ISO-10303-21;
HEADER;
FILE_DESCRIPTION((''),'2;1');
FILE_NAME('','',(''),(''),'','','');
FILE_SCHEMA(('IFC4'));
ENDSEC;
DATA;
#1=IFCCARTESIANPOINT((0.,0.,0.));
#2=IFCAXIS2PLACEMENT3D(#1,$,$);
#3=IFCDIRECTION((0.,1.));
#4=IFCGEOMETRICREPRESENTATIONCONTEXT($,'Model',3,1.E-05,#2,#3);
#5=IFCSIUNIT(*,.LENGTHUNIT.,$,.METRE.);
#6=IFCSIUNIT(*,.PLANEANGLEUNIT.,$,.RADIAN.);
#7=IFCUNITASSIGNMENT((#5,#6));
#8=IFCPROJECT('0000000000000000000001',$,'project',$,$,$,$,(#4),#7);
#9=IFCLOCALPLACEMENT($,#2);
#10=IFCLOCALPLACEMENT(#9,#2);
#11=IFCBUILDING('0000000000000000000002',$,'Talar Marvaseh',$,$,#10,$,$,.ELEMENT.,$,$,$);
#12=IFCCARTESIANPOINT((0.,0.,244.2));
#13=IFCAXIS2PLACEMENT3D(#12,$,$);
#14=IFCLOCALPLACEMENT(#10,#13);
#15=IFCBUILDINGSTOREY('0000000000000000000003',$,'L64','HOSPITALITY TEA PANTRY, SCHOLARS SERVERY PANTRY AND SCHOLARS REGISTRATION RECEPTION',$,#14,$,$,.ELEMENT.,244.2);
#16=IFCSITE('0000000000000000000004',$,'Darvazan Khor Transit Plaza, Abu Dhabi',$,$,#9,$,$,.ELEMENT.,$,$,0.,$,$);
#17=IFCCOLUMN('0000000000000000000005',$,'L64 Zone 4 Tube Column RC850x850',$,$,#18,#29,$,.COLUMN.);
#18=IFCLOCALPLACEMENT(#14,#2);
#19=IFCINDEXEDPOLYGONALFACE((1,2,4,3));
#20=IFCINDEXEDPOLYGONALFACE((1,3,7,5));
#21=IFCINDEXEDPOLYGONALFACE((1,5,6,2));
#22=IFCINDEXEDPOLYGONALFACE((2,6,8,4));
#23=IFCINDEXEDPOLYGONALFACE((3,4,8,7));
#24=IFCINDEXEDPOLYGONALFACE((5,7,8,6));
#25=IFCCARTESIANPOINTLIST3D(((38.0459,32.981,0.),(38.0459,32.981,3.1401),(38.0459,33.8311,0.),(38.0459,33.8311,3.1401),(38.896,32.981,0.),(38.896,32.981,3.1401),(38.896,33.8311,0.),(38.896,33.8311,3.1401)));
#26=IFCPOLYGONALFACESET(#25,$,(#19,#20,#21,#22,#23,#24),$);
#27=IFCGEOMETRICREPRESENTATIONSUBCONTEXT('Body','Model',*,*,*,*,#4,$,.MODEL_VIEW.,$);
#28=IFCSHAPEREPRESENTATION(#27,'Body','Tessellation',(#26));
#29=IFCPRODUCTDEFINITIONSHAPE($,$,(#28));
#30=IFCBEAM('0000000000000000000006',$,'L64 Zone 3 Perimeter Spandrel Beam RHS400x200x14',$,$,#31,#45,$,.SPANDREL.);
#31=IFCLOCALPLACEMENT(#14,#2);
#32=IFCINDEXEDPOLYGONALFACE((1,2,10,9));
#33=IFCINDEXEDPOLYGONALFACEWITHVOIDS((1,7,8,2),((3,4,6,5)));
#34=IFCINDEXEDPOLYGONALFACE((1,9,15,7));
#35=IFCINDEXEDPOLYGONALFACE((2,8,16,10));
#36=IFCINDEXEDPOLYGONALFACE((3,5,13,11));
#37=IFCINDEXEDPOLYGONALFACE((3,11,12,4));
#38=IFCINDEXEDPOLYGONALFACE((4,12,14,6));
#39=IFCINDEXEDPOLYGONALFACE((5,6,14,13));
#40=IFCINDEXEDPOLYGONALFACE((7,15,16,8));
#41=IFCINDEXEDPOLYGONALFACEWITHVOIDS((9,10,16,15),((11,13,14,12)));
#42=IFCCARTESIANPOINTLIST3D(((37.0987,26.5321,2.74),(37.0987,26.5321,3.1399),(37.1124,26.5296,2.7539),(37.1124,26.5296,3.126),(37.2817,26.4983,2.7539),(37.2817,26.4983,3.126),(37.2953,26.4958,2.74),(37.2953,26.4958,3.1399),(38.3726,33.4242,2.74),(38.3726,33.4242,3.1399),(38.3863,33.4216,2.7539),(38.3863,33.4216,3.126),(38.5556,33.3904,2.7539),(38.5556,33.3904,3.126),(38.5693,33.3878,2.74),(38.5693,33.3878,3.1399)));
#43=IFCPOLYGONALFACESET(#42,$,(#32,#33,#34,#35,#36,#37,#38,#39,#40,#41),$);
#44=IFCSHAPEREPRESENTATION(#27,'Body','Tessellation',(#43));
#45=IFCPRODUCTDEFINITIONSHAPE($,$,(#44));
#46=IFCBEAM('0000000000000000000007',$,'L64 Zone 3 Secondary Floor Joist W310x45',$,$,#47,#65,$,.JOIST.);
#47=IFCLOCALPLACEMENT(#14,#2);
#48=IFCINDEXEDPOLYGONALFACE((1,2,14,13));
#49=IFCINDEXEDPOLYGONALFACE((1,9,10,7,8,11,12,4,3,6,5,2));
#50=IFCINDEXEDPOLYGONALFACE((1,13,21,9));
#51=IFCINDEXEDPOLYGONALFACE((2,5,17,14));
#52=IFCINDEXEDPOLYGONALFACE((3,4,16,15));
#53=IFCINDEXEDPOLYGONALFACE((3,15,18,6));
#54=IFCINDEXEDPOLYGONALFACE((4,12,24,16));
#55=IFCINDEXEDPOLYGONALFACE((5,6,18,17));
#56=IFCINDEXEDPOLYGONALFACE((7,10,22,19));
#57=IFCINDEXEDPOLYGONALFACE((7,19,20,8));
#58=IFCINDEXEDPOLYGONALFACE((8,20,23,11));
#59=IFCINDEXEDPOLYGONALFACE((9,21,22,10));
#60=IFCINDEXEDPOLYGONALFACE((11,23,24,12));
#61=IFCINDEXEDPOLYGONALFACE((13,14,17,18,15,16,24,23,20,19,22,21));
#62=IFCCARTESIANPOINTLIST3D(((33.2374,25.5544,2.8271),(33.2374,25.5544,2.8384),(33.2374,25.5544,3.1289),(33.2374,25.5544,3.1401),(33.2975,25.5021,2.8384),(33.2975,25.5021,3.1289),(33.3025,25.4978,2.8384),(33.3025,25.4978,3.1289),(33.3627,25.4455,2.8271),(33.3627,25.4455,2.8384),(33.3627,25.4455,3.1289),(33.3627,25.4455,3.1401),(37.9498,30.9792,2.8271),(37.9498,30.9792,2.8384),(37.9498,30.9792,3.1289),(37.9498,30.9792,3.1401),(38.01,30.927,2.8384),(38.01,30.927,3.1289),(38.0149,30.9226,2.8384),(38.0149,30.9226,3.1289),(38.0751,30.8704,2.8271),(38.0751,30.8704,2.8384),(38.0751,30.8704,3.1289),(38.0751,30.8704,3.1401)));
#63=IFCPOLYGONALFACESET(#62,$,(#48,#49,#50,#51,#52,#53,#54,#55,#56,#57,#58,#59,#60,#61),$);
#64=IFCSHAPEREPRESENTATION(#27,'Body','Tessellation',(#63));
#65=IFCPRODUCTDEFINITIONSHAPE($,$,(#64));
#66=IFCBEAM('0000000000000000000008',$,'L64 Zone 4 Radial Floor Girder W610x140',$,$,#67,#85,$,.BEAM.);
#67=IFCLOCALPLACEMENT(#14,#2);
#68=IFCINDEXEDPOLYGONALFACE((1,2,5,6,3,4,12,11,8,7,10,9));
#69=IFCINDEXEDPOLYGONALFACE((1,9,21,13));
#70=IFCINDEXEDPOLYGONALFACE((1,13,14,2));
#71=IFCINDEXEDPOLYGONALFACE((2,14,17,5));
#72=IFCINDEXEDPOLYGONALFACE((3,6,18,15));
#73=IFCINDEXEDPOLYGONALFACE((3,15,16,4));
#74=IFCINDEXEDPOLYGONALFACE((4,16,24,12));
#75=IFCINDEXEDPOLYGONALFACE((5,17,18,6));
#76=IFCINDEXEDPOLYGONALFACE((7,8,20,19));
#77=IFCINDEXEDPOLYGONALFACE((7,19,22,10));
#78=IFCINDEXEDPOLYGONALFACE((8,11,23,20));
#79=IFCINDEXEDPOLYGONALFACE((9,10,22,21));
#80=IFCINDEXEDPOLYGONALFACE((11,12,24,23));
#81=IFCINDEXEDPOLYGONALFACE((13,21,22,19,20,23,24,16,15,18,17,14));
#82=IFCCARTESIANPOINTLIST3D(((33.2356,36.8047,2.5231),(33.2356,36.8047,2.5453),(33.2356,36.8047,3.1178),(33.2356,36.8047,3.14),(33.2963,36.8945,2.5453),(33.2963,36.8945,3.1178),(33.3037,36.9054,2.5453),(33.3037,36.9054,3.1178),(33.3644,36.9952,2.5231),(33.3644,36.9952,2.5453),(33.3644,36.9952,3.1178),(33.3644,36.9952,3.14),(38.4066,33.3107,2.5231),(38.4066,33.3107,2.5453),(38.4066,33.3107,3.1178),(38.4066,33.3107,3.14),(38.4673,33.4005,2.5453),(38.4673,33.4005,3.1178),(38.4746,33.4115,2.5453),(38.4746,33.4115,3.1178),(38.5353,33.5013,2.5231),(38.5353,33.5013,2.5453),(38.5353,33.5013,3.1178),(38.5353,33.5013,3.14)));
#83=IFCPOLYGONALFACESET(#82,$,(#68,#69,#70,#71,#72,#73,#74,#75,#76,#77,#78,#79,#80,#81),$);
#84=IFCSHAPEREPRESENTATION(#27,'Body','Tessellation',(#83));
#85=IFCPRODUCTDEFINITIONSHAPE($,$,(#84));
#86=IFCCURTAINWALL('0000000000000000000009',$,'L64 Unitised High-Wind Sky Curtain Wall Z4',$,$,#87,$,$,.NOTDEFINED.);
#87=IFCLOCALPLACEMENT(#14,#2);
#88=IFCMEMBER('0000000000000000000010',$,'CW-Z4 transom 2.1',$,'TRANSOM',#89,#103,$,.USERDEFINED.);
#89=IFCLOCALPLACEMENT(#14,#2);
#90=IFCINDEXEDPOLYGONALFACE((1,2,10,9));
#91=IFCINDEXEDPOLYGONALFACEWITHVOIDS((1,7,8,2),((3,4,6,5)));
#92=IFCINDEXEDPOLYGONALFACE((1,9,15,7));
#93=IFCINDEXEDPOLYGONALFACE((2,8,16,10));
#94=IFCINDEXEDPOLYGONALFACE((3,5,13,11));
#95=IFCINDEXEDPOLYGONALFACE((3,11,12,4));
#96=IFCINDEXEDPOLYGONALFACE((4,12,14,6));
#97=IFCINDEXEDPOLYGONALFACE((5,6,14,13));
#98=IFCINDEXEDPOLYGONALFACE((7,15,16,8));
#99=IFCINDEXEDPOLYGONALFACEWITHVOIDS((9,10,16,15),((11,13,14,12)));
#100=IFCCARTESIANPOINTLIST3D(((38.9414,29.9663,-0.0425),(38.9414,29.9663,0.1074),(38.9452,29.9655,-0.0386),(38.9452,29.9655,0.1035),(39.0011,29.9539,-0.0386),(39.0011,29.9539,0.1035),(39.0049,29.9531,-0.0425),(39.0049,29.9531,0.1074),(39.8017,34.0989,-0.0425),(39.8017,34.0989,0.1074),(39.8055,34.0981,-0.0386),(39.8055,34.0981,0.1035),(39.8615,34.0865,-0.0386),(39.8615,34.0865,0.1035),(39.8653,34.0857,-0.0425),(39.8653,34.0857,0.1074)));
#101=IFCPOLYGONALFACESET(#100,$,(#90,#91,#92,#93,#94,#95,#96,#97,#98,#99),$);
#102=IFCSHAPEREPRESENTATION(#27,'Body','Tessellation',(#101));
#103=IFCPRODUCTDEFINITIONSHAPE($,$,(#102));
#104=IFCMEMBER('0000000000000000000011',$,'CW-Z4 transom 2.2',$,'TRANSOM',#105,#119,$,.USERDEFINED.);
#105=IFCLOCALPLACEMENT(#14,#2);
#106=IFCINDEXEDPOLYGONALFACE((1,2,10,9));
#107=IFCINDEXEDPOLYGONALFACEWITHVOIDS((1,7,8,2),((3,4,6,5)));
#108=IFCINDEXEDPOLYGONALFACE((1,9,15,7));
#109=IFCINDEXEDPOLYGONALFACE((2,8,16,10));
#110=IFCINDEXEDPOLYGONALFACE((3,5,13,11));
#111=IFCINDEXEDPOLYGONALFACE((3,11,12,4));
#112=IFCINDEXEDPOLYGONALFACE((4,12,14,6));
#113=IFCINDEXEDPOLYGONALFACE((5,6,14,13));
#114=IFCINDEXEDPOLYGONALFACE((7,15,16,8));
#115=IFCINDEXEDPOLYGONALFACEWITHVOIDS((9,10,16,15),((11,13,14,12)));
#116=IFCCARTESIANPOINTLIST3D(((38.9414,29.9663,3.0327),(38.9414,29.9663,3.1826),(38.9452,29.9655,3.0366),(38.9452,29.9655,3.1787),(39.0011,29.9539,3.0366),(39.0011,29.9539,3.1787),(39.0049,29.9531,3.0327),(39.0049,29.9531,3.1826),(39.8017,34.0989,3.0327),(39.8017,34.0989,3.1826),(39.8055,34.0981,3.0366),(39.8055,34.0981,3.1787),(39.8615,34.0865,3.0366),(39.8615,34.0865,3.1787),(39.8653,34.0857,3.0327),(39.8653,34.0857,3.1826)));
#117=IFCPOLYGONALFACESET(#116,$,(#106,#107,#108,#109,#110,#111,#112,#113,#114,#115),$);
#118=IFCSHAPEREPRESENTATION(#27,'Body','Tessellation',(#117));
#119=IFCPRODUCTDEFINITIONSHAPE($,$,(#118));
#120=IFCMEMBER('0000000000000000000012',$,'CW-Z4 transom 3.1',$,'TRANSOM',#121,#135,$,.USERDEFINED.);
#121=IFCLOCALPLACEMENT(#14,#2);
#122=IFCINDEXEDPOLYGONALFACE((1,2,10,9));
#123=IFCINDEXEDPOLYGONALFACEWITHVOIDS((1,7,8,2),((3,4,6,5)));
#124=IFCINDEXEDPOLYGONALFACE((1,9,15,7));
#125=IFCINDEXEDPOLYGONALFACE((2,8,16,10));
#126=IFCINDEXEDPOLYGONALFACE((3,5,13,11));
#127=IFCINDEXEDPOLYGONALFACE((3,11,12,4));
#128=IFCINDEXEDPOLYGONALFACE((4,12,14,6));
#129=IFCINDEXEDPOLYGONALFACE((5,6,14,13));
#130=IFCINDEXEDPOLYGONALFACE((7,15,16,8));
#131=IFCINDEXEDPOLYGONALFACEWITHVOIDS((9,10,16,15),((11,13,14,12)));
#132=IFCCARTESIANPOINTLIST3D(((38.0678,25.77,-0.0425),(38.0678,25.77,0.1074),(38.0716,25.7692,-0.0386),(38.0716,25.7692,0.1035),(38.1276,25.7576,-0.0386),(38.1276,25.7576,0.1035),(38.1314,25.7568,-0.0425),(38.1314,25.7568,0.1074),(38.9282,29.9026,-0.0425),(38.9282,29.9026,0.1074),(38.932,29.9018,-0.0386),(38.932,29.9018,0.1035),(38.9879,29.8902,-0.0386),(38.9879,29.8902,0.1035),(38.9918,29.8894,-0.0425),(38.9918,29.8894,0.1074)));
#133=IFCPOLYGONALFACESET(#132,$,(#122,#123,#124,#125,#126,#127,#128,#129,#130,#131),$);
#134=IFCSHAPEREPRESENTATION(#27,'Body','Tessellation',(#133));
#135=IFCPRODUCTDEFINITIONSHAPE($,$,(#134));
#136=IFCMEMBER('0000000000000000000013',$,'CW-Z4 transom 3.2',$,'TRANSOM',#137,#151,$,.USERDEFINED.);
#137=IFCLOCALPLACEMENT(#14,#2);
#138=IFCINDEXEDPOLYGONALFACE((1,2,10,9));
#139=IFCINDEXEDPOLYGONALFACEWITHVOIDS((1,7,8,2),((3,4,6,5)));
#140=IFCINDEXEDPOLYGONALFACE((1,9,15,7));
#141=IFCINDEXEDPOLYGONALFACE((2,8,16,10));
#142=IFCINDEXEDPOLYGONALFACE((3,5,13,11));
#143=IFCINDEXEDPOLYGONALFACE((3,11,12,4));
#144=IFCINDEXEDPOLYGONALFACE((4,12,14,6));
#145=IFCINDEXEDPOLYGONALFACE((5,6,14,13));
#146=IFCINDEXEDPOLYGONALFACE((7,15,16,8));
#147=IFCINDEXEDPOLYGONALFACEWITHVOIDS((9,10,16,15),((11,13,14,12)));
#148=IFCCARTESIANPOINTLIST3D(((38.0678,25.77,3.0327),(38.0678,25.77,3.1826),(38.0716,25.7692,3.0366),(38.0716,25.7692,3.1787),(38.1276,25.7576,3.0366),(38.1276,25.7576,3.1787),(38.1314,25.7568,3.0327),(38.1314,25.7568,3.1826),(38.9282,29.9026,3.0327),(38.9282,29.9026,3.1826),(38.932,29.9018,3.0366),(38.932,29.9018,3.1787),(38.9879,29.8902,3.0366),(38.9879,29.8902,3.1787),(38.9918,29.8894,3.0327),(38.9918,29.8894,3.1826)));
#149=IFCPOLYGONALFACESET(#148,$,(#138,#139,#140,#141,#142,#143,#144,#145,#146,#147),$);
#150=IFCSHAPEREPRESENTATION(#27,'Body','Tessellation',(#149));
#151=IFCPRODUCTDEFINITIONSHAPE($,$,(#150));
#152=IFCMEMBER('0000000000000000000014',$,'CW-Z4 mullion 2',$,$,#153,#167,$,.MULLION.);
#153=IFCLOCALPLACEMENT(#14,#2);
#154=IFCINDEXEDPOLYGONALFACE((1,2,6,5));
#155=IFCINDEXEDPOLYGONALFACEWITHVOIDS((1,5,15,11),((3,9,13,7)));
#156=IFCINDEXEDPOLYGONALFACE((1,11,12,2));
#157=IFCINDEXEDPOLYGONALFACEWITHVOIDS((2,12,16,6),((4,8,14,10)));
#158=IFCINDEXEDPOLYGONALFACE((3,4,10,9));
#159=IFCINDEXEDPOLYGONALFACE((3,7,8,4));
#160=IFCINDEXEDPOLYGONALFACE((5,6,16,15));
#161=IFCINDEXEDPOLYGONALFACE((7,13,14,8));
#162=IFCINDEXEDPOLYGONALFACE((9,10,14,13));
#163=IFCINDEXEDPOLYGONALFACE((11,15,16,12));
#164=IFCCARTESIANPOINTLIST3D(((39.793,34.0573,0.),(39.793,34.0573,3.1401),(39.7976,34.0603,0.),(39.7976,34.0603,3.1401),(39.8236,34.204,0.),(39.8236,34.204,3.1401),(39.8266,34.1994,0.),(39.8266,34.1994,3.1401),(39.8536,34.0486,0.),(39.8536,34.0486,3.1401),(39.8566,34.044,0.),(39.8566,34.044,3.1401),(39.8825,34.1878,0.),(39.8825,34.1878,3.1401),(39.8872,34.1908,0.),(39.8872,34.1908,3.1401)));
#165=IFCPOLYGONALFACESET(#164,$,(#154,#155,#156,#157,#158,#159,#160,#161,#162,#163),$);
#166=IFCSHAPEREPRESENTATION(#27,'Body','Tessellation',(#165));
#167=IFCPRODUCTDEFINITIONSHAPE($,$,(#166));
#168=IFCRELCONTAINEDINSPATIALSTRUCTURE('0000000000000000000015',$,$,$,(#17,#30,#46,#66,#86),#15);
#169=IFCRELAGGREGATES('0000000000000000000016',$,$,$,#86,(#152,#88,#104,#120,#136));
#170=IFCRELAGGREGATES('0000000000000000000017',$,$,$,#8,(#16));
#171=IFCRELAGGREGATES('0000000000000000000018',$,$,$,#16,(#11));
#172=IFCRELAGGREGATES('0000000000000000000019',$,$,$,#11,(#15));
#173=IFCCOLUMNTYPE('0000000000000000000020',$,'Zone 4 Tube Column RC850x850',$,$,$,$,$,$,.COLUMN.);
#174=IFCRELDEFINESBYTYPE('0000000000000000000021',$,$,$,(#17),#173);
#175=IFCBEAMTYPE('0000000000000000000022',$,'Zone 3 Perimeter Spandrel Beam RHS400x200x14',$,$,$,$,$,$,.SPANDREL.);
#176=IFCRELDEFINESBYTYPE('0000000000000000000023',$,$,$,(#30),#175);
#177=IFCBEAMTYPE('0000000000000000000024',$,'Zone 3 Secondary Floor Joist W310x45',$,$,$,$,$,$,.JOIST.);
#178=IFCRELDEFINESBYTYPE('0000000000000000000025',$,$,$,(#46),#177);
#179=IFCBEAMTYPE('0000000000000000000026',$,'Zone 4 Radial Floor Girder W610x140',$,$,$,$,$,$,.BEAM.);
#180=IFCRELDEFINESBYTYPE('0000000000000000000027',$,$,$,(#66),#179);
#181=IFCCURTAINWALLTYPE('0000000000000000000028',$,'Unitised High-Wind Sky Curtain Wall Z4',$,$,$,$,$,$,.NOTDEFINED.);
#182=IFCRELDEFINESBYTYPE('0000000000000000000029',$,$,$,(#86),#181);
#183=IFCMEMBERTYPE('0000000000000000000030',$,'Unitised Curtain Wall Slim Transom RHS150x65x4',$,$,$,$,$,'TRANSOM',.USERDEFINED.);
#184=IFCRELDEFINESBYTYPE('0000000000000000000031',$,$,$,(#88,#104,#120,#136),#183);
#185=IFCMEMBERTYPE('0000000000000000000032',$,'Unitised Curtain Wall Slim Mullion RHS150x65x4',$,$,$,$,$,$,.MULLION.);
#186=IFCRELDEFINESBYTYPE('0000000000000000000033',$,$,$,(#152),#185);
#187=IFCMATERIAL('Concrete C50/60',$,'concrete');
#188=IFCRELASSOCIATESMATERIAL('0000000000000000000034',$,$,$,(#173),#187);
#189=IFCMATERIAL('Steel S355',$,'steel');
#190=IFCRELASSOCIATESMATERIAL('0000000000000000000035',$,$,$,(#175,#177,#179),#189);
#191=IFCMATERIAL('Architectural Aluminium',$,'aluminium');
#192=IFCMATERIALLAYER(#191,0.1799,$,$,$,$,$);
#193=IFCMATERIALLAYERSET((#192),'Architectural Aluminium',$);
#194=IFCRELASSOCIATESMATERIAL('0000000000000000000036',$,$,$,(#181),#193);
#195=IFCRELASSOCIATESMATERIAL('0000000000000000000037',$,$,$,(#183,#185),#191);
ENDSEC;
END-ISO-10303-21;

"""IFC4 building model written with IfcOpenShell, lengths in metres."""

from ifc_helpers import new_model, si_unit, direction, frame, origin, origin_2d, place, context, subcontext, project, spatial, rectangle, hollow_rectangle, i_section, extrude, source, transform, mapped, material, layer, layer_set, material_profile, profile_set, type_object, type_shapes, element, aggregate, save


model = new_model("IFC4")

# Units and contexts
model_context = context("Model", 3, precision=1e-05, world=origin(), true_north=direction((0.0, 1.0)))
body_context = subcontext(model_context, "Body", "Model", "MODEL_VIEW")
ifc_project = project(units=[si_unit("LENGTHUNIT", "METRE"), si_unit("PLANEANGLEUNIT", "RADIAN")], contexts=[model_context])

# Site, building, storey
site_placement = place(None, origin())
site = spatial("IfcSite", under=ifc_project, at=site_placement, Name="Darvazan Khor Transit Plaza, Abu Dhabi", CompositionType="ELEMENT", RefElevation=0.0)
building_placement = place(site_placement, origin())
building = spatial("IfcBuilding", under=site, at=building_placement, Name="Talar Marvaseh", CompositionType="ELEMENT")
storey_placement = place(building_placement, frame((0.0, 0.0, 244.2)))
storey = spatial("IfcBuildingStorey", under=building, at=storey_placement, Name="L64", Description="HOSPITALITY TEA PANTRY, SCHOLARS SERVERY PANTRY AND SCHOLARS REGISTRATION RECEPTION", CompositionType="ELEMENT", Elevation=244.2)

# Column
ifc_material_1 = material(Name="Concrete C50/60", Category="concrete")
ifc_material_profile_1 = material_profile(ifc_material_1, rectangle(XDim=0.8501, YDim=0.8501, at=origin_2d()), Name="RC850x850")
ifc_profile_set_1 = profile_set([ifc_material_profile_1], Name="Concrete C50/60")
column_type = type_object("IfcColumnType", Name="Zone 4 Tube Column RC850x850", PredefinedType="COLUMN", material=ifc_profile_set_1)
column_placement = place(storey_placement, frame((38.4709, 33.406, 0.0), z_axis=(0.0, 0.0, 1.0), x_axis=(1.0, 0.0, 0.0)))
element("IfcColumn", 1, at=column_placement, inside=storey, type_object=column_type, Name="L64 Zone 4 Tube Column RC850x850", PredefinedType="COLUMN", context=body_context, shape_type="SweptSolid", body=[
    extrude(rectangle(XDim=0.8501, YDim=0.8501, at=origin_2d()), origin(), (0.0, 0.0, 1.0), 3.1401),
])

# Beams
ifc_material_2 = material(Name="Steel S355", Category="steel")
ifc_material_profile_2 = material_profile(ifc_material_2, hollow_rectangle(XDim=0.2, YDim=0.3999, WallThickness=0.0139, at=origin_2d()), Name="RHS400x200x14")
ifc_profile_set_2 = profile_set([ifc_material_profile_2], Name="Steel S355")
beam_type_1 = type_object("IfcBeamType", Name="Zone 3 Perimeter Spandrel Beam RHS400x200x14", PredefinedType="SPANDREL", material=ifc_profile_set_2)
beam_1_placement = place(storey_placement, frame((38.4709, 33.406, 2.9399), z_axis=(-0.18176, -0.983343, 0.0), x_axis=(0.983343, -0.18176, 0.0)))
element("IfcBeam", 2, at=beam_1_placement, inside=storey, type_object=beam_type_1, Name="L64 Zone 3 Perimeter Spandrel Beam RHS400x200x14", PredefinedType="SPANDREL", context=body_context, shape_type="SweptSolid", body=[
    extrude(hollow_rectangle(XDim=0.2, YDim=0.3999, WallThickness=0.0139, at=origin_2d()), origin(), (0.0, 0.0, 1.0), 7.0088),
])
ifc_material_profile_3 = material_profile(ifc_material_2, i_section(OverallWidth=0.166, OverallDepth=0.313, WebThickness=0.0066, FlangeThickness=0.0112, at=origin_2d()), Name="W310x45")
ifc_profile_set_3 = profile_set([ifc_material_profile_3], Name="Steel S355")
beam_type_2 = type_object("IfcBeamType", Name="Zone 3 Secondary Floor Joist W310x45", PredefinedType="JOIST", material=ifc_profile_set_3)
beam_2_placement = place(storey_placement, frame((38.0125, 30.9248, 2.9836), z_axis=(-0.655797, -0.754938, 0.0), x_axis=(0.754938, -0.655797, 0.0)))
element("IfcBeam", 3, at=beam_2_placement, inside=storey, type_object=beam_type_2, Name="L64 Zone 3 Secondary Floor Joist W310x45", PredefinedType="JOIST", context=body_context, shape_type="SweptSolid", body=[
    extrude(i_section(OverallWidth=0.166, OverallDepth=0.313, WebThickness=0.0066, FlangeThickness=0.0112, at=origin_2d()), origin(), (0.0, 0.0, 1.0), 7.1858),
])
ifc_material_profile_4 = material_profile(ifc_material_2, i_section(OverallWidth=0.23, OverallDepth=0.6169, WebThickness=0.0132, FlangeThickness=0.0222, at=origin_2d()), Name="W610x140")
ifc_profile_set_4 = profile_set([ifc_material_profile_4], Name="Steel S355")
beam_type_3 = type_object("IfcBeamType", Name="Zone 4 Radial Floor Girder W610x140", PredefinedType="BEAM", material=ifc_profile_set_4)
beam_3_placement = place(storey_placement, frame((38.4709, 33.406, 2.8315), z_axis=(-0.828586, 0.559862, 0.0), x_axis=(-0.559862, -0.828586, 0.0)))
element("IfcBeam", 4, at=beam_3_placement, inside=storey, type_object=beam_type_3, Name="L64 Zone 4 Radial Floor Girder W610x140", PredefinedType="BEAM", context=body_context, shape_type="SweptSolid", body=[
    extrude(i_section(OverallWidth=0.23, OverallDepth=0.6169, WebThickness=0.0132, FlangeThickness=0.0222, at=origin_2d()), origin(), (0.0, 0.0, 1.0), 6.2407),
])

# Curtain wall, members
ifc_material_3 = material(Name="Architectural Aluminium", Category="aluminium")
ifc_layer_1 = layer(ifc_material_3, 0.1799)
ifc_layer_set_1 = layer_set([ifc_layer_1], Name="Architectural Aluminium")
curtain_wall_type = type_object("IfcCurtainWallType", Name="Unitised High-Wind Sky Curtain Wall Z4", PredefinedType="NOTDEFINED", material=ifc_layer_set_1)
curtain_wall_placement = place(storey_placement, origin())
curtain_wall = element("IfcCurtainWall", 5, at=curtain_wall_placement, inside=storey, type_object=curtain_wall_type, Name="L64 Unitised High-Wind Sky Curtain Wall Z4", PredefinedType="NOTDEFINED")
ifc_material_profile_5 = material_profile(ifc_material_3, hollow_rectangle(XDim=0.0649, YDim=0.1499, WallThickness=0.0039, at=origin_2d()), Name="RHS150x65x4")
ifc_profile_set_5 = profile_set([ifc_material_profile_5], Name="Architectural Aluminium")
member_type_1 = type_object("IfcMemberType", Name="Unitised Curtain Wall Slim Transom RHS150x65x4", ElementType="TRANSOM", PredefinedType="USERDEFINED", material=ifc_profile_set_5)
shared_shape_1 = source(origin(), body_context, "Body", "SweptSolid", [
    extrude(hollow_rectangle(XDim=0.0649, YDim=0.1499, WallThickness=0.0039, at=origin_2d()), origin(), (0.0, 0.0, 1.0), 4.2212),
])
type_shapes(member_type_1, [shared_shape_1])
member_1_placement = place(storey_placement, frame((39.8335, 34.0923, 0.0325), z_axis=(-0.203818, -0.979009, 0.0), x_axis=(0.979009, -0.203818, 0.0)))
member_1 = element("IfcMember", 6, at=member_1_placement, type_object=member_type_1, Name="CW-Z4 transom 2.1", ObjectType="TRANSOM", PredefinedType="USERDEFINED", context=body_context, shape_type="MappedRepresentation", body=[
    mapped(shared_shape_1, transform((0.0, 0.0, 0.0), x_axis=(1.0, 0.0, 0.0), y_axis=(0.0, 1.0, 0.0), z_axis=(0.0, 0.0, 1.0), scale=1.0)),
])
member_2_placement = place(storey_placement, frame((39.8335, 34.0923, 3.1077), z_axis=(-0.203818, -0.979009, 0.0), x_axis=(0.979009, -0.203818, 0.0)))
member_2 = element("IfcMember", 7, at=member_2_placement, type_object=member_type_1, Name="CW-Z4 transom 2.2", ObjectType="TRANSOM", PredefinedType="USERDEFINED", context=body_context, shape_type="MappedRepresentation", body=[
    mapped(shared_shape_1, transform((0.0, 0.0, 0.0), x_axis=(1.0, 0.0, 0.0), y_axis=(0.0, 1.0, 0.0), z_axis=(0.0, 0.0, 1.0), scale=1.0)),
])
member_3_placement = place(storey_placement, frame((38.96, 29.896, 0.0325), z_axis=(-0.203818, -0.979009, 0.0), x_axis=(0.979009, -0.203818, 0.0)))
member_3 = element("IfcMember", 8, at=member_3_placement, type_object=member_type_1, Name="CW-Z4 transom 3.1", ObjectType="TRANSOM", PredefinedType="USERDEFINED", context=body_context, shape_type="MappedRepresentation", body=[
    mapped(shared_shape_1, transform((0.0, 0.0, 0.0), x_axis=(1.0, 0.0, 0.0), y_axis=(0.0, 1.0, 0.0), z_axis=(0.0, 0.0, 1.0), scale=1.0)),
])
member_4_placement = place(storey_placement, frame((38.96, 29.896, 3.1077), z_axis=(-0.203818, -0.979009, 0.0), x_axis=(0.979009, -0.203818, 0.0)))
member_4 = element("IfcMember", 9, at=member_4_placement, type_object=member_type_1, Name="CW-Z4 transom 3.2", ObjectType="TRANSOM", PredefinedType="USERDEFINED", context=body_context, shape_type="MappedRepresentation", body=[
    mapped(shared_shape_1, transform((0.0, 0.0, 0.0), x_axis=(1.0, 0.0, 0.0), y_axis=(0.0, 1.0, 0.0), z_axis=(0.0, 0.0, 1.0), scale=1.0)),
])
ifc_material_profile_6 = material_profile(ifc_material_3, hollow_rectangle(XDim=0.0649, YDim=0.1499, WallThickness=0.0039, at=origin_2d()), Name="RHS150x65x4")
ifc_profile_set_6 = profile_set([ifc_material_profile_6], Name="Architectural Aluminium")
member_type_2 = type_object("IfcMemberType", Name="Unitised Curtain Wall Slim Mullion RHS150x65x4", PredefinedType="MULLION", material=ifc_profile_set_6)
shared_shape_2 = source(origin(), body_context, "Body", "SweptSolid", [
    extrude(hollow_rectangle(XDim=0.0649, YDim=0.1499, WallThickness=0.0039, at=origin_2d()), origin(), (0.0, 0.0, 1.0), 3.1401),
])
type_shapes(member_type_2, [shared_shape_2])
member_5_placement = place(storey_placement, frame((39.8401, 34.124, 0.0), z_axis=(0.0, 0.0, 1.0), x_axis=(0.979014, -0.203791, 0.0)))
member_5 = element("IfcMember", 10, at=member_5_placement, type_object=member_type_2, Name="CW-Z4 mullion 2", PredefinedType="MULLION", context=body_context, shape_type="MappedRepresentation", body=[
    mapped(shared_shape_2, transform((0.0, 0.0, 0.0), x_axis=(1.0, 0.0, 0.0), y_axis=(0.0, 1.0, 0.0), z_axis=(0.0, 0.0, 1.0), scale=1.0)),
])
aggregate(curtain_wall, [member_5, member_1, member_2, member_3, member_4])

save(model, "model.ifc")
